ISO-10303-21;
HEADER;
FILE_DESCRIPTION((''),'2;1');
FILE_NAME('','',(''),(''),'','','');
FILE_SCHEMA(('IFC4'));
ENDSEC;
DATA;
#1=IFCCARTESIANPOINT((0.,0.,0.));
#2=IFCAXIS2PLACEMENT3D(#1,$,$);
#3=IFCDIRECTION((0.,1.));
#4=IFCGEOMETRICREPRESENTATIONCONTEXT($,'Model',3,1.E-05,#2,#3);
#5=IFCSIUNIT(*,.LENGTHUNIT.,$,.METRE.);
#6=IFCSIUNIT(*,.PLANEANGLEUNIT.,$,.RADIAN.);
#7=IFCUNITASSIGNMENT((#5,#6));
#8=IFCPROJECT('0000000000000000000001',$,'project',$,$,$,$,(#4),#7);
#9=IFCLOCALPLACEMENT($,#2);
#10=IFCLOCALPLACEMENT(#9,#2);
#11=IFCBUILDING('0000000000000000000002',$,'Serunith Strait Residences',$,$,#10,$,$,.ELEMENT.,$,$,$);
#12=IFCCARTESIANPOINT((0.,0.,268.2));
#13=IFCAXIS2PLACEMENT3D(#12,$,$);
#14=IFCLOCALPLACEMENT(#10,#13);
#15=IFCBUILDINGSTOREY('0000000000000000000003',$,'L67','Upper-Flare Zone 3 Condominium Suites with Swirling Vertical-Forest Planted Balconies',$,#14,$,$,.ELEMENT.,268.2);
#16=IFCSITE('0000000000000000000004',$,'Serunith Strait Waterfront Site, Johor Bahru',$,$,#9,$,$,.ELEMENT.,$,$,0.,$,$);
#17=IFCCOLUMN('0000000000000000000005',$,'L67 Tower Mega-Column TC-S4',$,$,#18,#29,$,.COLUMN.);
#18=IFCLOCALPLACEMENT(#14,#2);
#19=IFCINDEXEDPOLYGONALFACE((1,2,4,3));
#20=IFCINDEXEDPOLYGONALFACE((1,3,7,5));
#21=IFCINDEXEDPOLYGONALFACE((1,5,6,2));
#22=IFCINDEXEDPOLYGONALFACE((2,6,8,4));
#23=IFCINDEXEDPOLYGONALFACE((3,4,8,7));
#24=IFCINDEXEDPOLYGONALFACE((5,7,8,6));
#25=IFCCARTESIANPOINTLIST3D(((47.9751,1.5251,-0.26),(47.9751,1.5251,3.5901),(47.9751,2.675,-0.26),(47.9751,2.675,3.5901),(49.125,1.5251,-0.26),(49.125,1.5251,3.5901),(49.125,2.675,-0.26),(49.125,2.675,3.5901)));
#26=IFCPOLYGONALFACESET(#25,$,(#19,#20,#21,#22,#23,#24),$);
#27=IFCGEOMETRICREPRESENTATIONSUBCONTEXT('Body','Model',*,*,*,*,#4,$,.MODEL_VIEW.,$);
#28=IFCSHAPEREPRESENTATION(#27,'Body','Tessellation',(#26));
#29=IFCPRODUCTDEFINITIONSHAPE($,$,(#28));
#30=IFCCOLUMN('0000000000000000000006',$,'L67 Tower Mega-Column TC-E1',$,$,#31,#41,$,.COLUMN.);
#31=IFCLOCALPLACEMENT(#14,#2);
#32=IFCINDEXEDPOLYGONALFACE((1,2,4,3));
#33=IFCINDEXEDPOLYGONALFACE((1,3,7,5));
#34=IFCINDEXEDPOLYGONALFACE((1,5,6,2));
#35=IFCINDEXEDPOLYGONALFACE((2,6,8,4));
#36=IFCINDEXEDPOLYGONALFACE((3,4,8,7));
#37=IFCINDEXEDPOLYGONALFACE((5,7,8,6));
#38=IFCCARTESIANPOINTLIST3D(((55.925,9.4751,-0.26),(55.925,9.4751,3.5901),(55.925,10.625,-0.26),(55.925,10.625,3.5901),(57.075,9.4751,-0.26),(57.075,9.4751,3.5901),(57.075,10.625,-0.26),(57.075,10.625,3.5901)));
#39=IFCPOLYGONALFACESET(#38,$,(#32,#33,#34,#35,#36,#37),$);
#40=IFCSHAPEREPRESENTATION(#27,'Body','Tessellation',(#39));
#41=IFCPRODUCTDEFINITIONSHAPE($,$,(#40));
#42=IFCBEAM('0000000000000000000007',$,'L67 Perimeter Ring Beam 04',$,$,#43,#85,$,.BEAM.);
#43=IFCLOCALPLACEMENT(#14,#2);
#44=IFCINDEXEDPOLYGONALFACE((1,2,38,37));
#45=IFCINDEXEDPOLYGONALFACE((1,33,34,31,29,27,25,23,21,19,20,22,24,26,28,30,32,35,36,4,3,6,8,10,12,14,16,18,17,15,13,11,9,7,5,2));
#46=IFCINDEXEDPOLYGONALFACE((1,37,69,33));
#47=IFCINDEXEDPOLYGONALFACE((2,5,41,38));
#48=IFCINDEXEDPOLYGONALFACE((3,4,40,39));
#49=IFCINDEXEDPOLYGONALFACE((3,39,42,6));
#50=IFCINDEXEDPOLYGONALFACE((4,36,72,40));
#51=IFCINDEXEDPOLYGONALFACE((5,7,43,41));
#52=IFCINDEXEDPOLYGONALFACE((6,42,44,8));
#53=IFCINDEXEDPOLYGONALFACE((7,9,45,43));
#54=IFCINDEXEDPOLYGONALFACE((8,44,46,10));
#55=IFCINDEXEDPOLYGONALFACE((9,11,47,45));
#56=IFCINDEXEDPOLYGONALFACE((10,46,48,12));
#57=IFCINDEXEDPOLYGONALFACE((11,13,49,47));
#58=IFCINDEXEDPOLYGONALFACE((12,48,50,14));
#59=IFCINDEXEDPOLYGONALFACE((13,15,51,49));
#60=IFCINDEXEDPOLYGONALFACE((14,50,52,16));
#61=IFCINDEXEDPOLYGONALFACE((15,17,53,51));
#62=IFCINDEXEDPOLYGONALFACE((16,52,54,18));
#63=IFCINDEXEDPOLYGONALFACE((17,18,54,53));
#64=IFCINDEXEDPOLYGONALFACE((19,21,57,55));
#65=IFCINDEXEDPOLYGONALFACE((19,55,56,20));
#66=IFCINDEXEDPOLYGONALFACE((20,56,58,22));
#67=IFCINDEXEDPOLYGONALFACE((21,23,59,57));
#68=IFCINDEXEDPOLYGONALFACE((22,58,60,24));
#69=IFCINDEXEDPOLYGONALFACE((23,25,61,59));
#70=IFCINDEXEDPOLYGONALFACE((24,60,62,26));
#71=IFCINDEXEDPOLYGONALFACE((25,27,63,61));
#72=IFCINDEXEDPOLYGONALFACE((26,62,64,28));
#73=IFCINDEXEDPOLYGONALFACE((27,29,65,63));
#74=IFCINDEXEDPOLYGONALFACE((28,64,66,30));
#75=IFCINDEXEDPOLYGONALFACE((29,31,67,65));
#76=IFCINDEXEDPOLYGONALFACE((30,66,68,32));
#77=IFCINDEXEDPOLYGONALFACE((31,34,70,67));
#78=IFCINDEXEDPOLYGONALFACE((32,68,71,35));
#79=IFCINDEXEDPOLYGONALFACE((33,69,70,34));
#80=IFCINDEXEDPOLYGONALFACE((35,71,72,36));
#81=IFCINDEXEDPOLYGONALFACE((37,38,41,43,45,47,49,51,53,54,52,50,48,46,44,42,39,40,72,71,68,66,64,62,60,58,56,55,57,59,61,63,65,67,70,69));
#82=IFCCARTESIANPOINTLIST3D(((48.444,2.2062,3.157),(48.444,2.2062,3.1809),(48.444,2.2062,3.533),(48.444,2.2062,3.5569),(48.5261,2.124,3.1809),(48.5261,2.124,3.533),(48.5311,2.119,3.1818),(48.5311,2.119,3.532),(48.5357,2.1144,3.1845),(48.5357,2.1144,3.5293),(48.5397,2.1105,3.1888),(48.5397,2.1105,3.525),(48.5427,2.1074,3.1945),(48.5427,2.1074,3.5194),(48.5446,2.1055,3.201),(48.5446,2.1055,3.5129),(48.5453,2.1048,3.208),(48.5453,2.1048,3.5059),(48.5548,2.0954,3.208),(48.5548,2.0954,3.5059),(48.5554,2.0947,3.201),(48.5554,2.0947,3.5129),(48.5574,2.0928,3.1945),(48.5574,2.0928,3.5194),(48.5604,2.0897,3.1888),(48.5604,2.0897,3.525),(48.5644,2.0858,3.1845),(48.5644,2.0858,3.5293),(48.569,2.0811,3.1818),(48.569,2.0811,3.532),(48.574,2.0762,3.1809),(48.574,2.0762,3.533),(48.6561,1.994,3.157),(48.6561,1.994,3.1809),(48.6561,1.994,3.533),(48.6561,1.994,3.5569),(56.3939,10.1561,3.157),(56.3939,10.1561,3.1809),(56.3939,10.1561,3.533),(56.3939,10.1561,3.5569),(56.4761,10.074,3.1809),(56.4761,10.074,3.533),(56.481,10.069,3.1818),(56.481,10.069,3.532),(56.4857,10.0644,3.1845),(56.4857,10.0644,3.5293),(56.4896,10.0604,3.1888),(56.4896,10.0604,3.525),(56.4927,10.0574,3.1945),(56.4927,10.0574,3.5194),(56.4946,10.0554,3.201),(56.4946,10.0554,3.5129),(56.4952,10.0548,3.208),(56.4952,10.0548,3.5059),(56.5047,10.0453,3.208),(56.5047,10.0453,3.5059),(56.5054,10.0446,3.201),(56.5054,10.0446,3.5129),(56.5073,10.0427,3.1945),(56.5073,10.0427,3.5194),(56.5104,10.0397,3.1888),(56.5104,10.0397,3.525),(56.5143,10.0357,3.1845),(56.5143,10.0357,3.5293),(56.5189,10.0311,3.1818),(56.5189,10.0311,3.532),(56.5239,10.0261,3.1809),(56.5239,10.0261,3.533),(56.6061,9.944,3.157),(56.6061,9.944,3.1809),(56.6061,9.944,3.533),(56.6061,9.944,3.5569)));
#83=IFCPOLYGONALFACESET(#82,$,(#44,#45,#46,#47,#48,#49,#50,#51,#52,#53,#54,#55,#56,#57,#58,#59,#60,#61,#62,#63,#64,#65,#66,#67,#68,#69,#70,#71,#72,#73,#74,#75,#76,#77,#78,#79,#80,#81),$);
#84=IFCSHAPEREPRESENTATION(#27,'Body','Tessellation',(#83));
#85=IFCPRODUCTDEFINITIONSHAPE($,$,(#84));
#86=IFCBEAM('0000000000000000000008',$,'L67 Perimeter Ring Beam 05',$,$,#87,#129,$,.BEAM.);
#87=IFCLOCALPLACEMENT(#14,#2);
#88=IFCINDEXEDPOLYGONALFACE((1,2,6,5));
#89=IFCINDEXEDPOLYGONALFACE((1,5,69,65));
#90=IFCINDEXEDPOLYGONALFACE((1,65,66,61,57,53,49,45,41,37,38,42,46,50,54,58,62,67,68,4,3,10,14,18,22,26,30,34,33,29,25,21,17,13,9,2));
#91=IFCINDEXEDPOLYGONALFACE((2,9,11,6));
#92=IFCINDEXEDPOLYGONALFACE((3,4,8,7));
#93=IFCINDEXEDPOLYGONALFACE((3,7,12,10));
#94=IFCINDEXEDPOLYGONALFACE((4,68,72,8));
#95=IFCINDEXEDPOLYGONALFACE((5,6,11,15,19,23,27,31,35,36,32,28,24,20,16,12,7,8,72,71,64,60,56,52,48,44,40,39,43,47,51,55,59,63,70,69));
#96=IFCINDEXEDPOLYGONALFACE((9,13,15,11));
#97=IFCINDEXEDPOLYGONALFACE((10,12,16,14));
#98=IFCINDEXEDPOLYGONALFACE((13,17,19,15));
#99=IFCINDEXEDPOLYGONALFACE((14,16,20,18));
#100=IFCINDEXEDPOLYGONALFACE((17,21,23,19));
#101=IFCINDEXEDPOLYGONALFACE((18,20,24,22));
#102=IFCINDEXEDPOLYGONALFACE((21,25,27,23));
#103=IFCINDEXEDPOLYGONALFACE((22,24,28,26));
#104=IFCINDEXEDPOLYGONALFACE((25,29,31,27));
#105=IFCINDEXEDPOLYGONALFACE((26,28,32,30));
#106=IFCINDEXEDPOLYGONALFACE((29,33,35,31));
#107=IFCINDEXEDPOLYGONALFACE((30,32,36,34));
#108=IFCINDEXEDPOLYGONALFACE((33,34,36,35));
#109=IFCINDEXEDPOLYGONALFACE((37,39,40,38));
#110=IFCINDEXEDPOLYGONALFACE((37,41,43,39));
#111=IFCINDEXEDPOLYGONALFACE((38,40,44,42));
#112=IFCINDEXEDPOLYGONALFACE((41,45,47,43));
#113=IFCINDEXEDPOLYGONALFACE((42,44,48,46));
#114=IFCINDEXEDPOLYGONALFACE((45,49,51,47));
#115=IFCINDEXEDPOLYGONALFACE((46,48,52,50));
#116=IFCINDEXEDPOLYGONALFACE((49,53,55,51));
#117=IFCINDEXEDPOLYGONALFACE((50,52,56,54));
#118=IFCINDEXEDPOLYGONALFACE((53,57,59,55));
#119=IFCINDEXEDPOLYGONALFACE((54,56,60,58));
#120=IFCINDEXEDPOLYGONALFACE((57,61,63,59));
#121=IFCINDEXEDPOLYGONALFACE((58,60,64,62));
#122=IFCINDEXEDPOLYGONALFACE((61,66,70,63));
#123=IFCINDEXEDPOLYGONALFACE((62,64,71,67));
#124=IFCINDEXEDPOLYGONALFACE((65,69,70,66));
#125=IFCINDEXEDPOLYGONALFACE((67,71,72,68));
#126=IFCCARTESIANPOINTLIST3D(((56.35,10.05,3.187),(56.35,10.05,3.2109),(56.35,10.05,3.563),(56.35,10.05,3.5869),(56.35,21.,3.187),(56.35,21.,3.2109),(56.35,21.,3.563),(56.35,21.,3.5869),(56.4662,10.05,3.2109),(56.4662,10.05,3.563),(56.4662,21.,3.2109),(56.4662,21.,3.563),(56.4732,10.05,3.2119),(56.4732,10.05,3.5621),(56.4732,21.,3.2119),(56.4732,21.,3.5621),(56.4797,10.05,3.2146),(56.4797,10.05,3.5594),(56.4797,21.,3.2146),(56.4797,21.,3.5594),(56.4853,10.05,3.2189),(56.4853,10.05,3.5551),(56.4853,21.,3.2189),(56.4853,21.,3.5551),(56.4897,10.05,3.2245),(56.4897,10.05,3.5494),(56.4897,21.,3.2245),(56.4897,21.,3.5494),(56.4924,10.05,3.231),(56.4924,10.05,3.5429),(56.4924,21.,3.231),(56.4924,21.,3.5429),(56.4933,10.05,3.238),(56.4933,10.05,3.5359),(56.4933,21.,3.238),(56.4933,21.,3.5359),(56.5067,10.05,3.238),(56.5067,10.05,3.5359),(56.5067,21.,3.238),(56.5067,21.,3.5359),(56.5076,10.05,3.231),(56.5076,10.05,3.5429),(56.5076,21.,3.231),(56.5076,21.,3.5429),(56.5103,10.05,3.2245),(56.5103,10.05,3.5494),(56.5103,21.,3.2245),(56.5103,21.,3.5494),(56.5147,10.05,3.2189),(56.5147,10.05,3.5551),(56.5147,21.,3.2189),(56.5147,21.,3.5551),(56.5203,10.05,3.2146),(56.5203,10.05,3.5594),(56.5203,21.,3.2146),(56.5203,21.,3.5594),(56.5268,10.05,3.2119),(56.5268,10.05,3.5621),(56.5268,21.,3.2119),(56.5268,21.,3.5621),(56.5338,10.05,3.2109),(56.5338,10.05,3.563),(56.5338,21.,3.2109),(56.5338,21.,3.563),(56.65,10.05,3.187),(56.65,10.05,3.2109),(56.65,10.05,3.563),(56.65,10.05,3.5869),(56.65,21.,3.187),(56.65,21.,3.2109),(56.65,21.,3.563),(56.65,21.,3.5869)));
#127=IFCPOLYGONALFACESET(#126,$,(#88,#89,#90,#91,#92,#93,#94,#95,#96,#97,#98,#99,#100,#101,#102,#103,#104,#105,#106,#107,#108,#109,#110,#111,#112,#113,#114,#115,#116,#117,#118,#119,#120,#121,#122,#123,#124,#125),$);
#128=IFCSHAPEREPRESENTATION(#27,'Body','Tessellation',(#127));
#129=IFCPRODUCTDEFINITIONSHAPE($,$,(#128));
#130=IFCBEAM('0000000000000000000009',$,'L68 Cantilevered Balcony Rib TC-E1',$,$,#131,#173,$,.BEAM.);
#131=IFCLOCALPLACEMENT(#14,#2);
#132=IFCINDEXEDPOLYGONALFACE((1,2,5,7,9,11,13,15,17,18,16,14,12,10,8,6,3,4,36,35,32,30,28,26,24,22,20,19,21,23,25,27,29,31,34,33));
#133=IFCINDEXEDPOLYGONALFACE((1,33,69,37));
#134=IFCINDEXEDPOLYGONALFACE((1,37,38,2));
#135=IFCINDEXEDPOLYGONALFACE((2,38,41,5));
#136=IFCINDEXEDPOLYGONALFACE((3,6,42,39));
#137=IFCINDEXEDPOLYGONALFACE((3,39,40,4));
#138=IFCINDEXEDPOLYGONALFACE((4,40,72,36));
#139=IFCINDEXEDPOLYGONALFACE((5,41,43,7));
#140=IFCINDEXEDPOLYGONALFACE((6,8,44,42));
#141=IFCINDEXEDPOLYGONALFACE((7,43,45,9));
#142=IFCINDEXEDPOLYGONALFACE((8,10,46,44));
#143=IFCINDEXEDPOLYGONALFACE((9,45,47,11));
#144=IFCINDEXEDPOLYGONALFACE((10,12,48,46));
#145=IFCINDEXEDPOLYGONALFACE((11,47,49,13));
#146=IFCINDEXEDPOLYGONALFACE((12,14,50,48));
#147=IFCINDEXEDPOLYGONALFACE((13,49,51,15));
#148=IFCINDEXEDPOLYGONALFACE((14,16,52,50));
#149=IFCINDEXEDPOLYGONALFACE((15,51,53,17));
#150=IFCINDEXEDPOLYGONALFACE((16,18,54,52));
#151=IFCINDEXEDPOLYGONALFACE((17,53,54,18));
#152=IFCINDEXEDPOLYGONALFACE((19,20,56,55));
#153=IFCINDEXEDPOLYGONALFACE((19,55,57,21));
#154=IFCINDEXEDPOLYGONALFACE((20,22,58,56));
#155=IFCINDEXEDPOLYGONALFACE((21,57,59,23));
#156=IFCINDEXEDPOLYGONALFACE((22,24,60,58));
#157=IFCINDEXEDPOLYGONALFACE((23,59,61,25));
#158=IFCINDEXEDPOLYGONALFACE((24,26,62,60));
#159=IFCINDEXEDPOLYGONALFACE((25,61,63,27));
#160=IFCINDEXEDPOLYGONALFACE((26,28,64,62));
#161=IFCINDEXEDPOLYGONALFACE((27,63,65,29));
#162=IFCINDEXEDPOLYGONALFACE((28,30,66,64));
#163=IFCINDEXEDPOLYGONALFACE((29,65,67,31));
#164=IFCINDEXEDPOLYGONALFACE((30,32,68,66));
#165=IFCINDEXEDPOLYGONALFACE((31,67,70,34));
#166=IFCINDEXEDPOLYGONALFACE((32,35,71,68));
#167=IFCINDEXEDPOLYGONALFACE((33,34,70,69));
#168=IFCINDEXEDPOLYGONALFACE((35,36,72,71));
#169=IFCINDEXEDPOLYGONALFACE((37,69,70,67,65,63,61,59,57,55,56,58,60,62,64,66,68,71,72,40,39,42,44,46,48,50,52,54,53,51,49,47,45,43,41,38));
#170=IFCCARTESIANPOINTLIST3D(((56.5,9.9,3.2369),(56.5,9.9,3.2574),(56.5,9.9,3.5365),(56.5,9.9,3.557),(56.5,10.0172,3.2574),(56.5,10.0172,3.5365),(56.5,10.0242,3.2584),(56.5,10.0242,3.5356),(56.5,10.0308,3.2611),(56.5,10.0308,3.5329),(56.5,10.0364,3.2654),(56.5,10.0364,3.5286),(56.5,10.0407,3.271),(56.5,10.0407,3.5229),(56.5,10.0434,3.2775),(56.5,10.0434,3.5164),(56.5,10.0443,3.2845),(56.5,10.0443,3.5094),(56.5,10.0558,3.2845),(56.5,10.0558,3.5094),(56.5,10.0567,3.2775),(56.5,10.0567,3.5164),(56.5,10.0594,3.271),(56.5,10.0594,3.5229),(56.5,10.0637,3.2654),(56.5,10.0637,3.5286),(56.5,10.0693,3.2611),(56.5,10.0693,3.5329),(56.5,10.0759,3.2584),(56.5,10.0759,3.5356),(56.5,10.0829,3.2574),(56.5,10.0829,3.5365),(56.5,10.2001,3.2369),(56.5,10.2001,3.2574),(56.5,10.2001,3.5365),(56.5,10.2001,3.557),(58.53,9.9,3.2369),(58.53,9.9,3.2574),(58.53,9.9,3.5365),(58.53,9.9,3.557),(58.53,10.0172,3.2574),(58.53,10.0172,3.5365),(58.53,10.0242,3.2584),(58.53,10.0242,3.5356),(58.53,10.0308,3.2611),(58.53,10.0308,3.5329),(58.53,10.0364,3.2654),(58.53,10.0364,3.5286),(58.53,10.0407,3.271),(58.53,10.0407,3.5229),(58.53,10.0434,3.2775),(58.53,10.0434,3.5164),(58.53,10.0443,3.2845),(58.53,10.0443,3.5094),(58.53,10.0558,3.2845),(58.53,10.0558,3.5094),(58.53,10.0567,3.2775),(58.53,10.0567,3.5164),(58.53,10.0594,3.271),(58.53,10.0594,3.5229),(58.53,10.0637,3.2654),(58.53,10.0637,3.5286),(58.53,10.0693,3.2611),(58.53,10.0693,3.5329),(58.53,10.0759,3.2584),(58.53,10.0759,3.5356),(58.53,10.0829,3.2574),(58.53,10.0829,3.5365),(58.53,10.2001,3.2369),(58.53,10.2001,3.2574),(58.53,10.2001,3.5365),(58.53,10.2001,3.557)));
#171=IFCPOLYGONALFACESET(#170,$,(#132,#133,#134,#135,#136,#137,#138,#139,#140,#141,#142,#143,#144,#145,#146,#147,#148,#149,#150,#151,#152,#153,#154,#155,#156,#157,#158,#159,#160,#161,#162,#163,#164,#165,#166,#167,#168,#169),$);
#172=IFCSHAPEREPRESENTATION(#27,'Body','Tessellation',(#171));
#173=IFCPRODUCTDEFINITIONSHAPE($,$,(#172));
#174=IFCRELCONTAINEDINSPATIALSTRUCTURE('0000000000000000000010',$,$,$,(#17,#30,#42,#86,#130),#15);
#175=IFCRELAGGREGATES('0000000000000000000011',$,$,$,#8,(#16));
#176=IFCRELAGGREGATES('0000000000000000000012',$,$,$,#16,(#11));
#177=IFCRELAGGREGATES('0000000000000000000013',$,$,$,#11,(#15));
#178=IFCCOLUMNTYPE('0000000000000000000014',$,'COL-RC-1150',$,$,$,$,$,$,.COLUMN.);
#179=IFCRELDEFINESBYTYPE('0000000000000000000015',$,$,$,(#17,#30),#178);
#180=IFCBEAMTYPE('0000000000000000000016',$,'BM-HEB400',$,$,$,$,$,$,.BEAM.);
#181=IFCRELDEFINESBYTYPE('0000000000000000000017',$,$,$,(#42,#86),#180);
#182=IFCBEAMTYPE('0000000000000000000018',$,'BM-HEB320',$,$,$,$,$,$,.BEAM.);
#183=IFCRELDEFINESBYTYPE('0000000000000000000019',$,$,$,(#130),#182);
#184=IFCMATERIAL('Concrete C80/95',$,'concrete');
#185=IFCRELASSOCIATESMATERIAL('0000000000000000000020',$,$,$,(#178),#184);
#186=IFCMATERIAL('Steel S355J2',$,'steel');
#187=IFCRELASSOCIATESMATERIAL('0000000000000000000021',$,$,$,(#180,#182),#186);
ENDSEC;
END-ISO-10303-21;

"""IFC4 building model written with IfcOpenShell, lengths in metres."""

from ifc_helpers import new_model, si_unit, direction, frame, origin, origin_2d, place, context, subcontext, project, spatial, rectangle, i_section, extrude, source, transform, mapped, material, material_profile, profile_set, type_object, element, save


model = new_model("IFC4")

# Units and contexts
model_context = context("Model", 3, precision=1e-05, world=origin(), true_north=direction((0.0, 1.0)))
body_context = subcontext(model_context, "Body", "Model", "MODEL_VIEW")
ifc_project = project(units=[si_unit("LENGTHUNIT", "METRE"), si_unit("PLANEANGLEUNIT", "RADIAN")], contexts=[model_context])

# Site, building, storey
site_placement = place(None, origin())
site = spatial("IfcSite", under=ifc_project, at=site_placement, Name="Serunith Strait Waterfront Site, Johor Bahru", CompositionType="ELEMENT", RefElevation=0.0)
building_placement = place(site_placement, origin())
building = spatial("IfcBuilding", under=site, at=building_placement, Name="Serunith Strait Residences", CompositionType="ELEMENT")
storey_placement = place(building_placement, frame((0.0, 0.0, 268.2)))
storey = spatial("IfcBuildingStorey", under=building, at=storey_placement, Name="L67", Description="Upper-Flare Zone 3 Condominium Suites with Swirling Vertical-Forest Planted Balconies", CompositionType="ELEMENT", Elevation=268.2)

# Columns
ifc_material_1 = material(Name="Concrete C80/95", Category="concrete")
ifc_material_profile_1 = material_profile(ifc_material_1, rectangle(XDim=1.1499, YDim=1.1499, at=origin_2d()), Name="RC 1150x1150")
ifc_profile_set_1 = profile_set([ifc_material_profile_1], Name="Concrete C80/95")
column_type = type_object("IfcColumnType", Name="COL-RC-1150", PredefinedType="COLUMN", material=ifc_profile_set_1)
shared_shape_1 = source(origin(), body_context, "Body", "SweptSolid", [
    extrude(rectangle(XDim=1.1499, YDim=1.1499, at=origin_2d()), origin(), (0.0, 0.0, 1.0), 3.8501),
])
for number, where, z_axis, x_axis, name in (
    (1, (48.55, 2.1001, -0.26), (0.0, 0.0, 1.0), (1.0, 0.0, 0.0), "L67 Tower Mega-Column TC-S4"),
    (2, (56.5, 10.05, -0.26), (0.0, 0.0, 1.0), (1.0, 0.0, 0.0), "L67 Tower Mega-Column TC-E1"),
):
    element("IfcColumn", number, at=place(storey_placement, frame(where, z_axis=z_axis, x_axis=x_axis)), inside=storey, type_object=column_type, Name=name, PredefinedType="COLUMN", context=body_context, shape_type="MappedRepresentation", body=[
        mapped(shared_shape_1, transform((0.0, 0.0, 0.0), scale=1.0)),
    ])

# Beams
ifc_material_2 = material(Name="Steel S355J2", Category="steel")
ifc_material_profile_2 = material_profile(ifc_material_2, i_section(OverallWidth=0.3, OverallDepth=0.3999, WebThickness=0.0134, FlangeThickness=0.0239, FilletRadius=0.0271, at=origin_2d()), Name="HEB 400")
ifc_profile_set_2 = profile_set([ifc_material_profile_2], Name="Steel S355J2")
beam_type_1 = type_object("IfcBeamType", Name="BM-HEB400", PredefinedType="BEAM", material=ifc_profile_set_2)
shared_shape_2 = source(origin(), body_context, "Body", "SweptSolid", [
    extrude(i_section(OverallWidth=0.3, OverallDepth=0.3999, WebThickness=0.0134, FlangeThickness=0.0239, FilletRadius=0.0271, at=origin_2d()), origin(), (0.0, 0.0, 1.0), 11.2429),
])
beam_1_placement = place(storey_placement, frame((48.55, 2.1001, 3.3569), z_axis=(0.707107, 0.707107, 0.0), x_axis=(-0.707107, 0.707107, 0.0)))
element("IfcBeam", 3, at=beam_1_placement, inside=storey, type_object=beam_type_1, Name="L67 Perimeter Ring Beam 04", PredefinedType="BEAM", context=body_context, shape_type="MappedRepresentation", body=[
    mapped(shared_shape_2, transform((0.0, 0.0, 0.0), scale=1.0)),
])
shared_shape_3 = source(origin(), body_context, "Body", "SweptSolid", [
    extrude(i_section(OverallWidth=0.3, OverallDepth=0.3999, WebThickness=0.0134, FlangeThickness=0.0239, FilletRadius=0.0271, at=origin_2d()), origin(), (0.0, 0.0, 1.0), 10.95),
])
beam_2_placement = place(storey_placement, frame((56.5, 10.05, 3.387), z_axis=(0.0, 1.0, 0.0), x_axis=(-1.0, 0.0, 0.0)))
element("IfcBeam", 4, at=beam_2_placement, inside=storey, type_object=beam_type_1, Name="L67 Perimeter Ring Beam 05", PredefinedType="BEAM", context=body_context, shape_type="MappedRepresentation", body=[
    mapped(shared_shape_3, transform((0.0, 0.0, 0.0), scale=1.0)),
])
ifc_material_profile_3 = material_profile(ifc_material_2, i_section(OverallWidth=0.3, OverallDepth=0.3201, WebThickness=0.0115, FlangeThickness=0.0205, FilletRadius=0.0271, at=origin_2d()), Name="HEB 320")
ifc_profile_set_3 = profile_set([ifc_material_profile_3], Name="Steel S355J2")
beam_type_2 = type_object("IfcBeamType", Name="BM-HEB320", PredefinedType="BEAM", material=ifc_profile_set_3)
shared_shape_4 = source(origin(), body_context, "Body", "SweptSolid", [
    extrude(i_section(OverallWidth=0.3, OverallDepth=0.3201, WebThickness=0.0115, FlangeThickness=0.0205, FilletRadius=0.0271, at=origin_2d()), origin(), (0.0, 0.0, 1.0), 2.03),
])
beam_3_placement = place(storey_placement, frame((56.5, 10.05, 3.397), z_axis=(1.0, 0.0, 0.0), x_axis=(0.0, 1.0, 0.0)))
element("IfcBeam", 5, at=beam_3_placement, inside=storey, type_object=beam_type_2, Name="L68 Cantilevered Balcony Rib TC-E1", PredefinedType="BEAM", context=body_context, shape_type="MappedRepresentation", body=[
    mapped(shared_shape_4, transform((0.0, 0.0, 0.0), scale=1.0)),
])

save(model, "model.ifc")
